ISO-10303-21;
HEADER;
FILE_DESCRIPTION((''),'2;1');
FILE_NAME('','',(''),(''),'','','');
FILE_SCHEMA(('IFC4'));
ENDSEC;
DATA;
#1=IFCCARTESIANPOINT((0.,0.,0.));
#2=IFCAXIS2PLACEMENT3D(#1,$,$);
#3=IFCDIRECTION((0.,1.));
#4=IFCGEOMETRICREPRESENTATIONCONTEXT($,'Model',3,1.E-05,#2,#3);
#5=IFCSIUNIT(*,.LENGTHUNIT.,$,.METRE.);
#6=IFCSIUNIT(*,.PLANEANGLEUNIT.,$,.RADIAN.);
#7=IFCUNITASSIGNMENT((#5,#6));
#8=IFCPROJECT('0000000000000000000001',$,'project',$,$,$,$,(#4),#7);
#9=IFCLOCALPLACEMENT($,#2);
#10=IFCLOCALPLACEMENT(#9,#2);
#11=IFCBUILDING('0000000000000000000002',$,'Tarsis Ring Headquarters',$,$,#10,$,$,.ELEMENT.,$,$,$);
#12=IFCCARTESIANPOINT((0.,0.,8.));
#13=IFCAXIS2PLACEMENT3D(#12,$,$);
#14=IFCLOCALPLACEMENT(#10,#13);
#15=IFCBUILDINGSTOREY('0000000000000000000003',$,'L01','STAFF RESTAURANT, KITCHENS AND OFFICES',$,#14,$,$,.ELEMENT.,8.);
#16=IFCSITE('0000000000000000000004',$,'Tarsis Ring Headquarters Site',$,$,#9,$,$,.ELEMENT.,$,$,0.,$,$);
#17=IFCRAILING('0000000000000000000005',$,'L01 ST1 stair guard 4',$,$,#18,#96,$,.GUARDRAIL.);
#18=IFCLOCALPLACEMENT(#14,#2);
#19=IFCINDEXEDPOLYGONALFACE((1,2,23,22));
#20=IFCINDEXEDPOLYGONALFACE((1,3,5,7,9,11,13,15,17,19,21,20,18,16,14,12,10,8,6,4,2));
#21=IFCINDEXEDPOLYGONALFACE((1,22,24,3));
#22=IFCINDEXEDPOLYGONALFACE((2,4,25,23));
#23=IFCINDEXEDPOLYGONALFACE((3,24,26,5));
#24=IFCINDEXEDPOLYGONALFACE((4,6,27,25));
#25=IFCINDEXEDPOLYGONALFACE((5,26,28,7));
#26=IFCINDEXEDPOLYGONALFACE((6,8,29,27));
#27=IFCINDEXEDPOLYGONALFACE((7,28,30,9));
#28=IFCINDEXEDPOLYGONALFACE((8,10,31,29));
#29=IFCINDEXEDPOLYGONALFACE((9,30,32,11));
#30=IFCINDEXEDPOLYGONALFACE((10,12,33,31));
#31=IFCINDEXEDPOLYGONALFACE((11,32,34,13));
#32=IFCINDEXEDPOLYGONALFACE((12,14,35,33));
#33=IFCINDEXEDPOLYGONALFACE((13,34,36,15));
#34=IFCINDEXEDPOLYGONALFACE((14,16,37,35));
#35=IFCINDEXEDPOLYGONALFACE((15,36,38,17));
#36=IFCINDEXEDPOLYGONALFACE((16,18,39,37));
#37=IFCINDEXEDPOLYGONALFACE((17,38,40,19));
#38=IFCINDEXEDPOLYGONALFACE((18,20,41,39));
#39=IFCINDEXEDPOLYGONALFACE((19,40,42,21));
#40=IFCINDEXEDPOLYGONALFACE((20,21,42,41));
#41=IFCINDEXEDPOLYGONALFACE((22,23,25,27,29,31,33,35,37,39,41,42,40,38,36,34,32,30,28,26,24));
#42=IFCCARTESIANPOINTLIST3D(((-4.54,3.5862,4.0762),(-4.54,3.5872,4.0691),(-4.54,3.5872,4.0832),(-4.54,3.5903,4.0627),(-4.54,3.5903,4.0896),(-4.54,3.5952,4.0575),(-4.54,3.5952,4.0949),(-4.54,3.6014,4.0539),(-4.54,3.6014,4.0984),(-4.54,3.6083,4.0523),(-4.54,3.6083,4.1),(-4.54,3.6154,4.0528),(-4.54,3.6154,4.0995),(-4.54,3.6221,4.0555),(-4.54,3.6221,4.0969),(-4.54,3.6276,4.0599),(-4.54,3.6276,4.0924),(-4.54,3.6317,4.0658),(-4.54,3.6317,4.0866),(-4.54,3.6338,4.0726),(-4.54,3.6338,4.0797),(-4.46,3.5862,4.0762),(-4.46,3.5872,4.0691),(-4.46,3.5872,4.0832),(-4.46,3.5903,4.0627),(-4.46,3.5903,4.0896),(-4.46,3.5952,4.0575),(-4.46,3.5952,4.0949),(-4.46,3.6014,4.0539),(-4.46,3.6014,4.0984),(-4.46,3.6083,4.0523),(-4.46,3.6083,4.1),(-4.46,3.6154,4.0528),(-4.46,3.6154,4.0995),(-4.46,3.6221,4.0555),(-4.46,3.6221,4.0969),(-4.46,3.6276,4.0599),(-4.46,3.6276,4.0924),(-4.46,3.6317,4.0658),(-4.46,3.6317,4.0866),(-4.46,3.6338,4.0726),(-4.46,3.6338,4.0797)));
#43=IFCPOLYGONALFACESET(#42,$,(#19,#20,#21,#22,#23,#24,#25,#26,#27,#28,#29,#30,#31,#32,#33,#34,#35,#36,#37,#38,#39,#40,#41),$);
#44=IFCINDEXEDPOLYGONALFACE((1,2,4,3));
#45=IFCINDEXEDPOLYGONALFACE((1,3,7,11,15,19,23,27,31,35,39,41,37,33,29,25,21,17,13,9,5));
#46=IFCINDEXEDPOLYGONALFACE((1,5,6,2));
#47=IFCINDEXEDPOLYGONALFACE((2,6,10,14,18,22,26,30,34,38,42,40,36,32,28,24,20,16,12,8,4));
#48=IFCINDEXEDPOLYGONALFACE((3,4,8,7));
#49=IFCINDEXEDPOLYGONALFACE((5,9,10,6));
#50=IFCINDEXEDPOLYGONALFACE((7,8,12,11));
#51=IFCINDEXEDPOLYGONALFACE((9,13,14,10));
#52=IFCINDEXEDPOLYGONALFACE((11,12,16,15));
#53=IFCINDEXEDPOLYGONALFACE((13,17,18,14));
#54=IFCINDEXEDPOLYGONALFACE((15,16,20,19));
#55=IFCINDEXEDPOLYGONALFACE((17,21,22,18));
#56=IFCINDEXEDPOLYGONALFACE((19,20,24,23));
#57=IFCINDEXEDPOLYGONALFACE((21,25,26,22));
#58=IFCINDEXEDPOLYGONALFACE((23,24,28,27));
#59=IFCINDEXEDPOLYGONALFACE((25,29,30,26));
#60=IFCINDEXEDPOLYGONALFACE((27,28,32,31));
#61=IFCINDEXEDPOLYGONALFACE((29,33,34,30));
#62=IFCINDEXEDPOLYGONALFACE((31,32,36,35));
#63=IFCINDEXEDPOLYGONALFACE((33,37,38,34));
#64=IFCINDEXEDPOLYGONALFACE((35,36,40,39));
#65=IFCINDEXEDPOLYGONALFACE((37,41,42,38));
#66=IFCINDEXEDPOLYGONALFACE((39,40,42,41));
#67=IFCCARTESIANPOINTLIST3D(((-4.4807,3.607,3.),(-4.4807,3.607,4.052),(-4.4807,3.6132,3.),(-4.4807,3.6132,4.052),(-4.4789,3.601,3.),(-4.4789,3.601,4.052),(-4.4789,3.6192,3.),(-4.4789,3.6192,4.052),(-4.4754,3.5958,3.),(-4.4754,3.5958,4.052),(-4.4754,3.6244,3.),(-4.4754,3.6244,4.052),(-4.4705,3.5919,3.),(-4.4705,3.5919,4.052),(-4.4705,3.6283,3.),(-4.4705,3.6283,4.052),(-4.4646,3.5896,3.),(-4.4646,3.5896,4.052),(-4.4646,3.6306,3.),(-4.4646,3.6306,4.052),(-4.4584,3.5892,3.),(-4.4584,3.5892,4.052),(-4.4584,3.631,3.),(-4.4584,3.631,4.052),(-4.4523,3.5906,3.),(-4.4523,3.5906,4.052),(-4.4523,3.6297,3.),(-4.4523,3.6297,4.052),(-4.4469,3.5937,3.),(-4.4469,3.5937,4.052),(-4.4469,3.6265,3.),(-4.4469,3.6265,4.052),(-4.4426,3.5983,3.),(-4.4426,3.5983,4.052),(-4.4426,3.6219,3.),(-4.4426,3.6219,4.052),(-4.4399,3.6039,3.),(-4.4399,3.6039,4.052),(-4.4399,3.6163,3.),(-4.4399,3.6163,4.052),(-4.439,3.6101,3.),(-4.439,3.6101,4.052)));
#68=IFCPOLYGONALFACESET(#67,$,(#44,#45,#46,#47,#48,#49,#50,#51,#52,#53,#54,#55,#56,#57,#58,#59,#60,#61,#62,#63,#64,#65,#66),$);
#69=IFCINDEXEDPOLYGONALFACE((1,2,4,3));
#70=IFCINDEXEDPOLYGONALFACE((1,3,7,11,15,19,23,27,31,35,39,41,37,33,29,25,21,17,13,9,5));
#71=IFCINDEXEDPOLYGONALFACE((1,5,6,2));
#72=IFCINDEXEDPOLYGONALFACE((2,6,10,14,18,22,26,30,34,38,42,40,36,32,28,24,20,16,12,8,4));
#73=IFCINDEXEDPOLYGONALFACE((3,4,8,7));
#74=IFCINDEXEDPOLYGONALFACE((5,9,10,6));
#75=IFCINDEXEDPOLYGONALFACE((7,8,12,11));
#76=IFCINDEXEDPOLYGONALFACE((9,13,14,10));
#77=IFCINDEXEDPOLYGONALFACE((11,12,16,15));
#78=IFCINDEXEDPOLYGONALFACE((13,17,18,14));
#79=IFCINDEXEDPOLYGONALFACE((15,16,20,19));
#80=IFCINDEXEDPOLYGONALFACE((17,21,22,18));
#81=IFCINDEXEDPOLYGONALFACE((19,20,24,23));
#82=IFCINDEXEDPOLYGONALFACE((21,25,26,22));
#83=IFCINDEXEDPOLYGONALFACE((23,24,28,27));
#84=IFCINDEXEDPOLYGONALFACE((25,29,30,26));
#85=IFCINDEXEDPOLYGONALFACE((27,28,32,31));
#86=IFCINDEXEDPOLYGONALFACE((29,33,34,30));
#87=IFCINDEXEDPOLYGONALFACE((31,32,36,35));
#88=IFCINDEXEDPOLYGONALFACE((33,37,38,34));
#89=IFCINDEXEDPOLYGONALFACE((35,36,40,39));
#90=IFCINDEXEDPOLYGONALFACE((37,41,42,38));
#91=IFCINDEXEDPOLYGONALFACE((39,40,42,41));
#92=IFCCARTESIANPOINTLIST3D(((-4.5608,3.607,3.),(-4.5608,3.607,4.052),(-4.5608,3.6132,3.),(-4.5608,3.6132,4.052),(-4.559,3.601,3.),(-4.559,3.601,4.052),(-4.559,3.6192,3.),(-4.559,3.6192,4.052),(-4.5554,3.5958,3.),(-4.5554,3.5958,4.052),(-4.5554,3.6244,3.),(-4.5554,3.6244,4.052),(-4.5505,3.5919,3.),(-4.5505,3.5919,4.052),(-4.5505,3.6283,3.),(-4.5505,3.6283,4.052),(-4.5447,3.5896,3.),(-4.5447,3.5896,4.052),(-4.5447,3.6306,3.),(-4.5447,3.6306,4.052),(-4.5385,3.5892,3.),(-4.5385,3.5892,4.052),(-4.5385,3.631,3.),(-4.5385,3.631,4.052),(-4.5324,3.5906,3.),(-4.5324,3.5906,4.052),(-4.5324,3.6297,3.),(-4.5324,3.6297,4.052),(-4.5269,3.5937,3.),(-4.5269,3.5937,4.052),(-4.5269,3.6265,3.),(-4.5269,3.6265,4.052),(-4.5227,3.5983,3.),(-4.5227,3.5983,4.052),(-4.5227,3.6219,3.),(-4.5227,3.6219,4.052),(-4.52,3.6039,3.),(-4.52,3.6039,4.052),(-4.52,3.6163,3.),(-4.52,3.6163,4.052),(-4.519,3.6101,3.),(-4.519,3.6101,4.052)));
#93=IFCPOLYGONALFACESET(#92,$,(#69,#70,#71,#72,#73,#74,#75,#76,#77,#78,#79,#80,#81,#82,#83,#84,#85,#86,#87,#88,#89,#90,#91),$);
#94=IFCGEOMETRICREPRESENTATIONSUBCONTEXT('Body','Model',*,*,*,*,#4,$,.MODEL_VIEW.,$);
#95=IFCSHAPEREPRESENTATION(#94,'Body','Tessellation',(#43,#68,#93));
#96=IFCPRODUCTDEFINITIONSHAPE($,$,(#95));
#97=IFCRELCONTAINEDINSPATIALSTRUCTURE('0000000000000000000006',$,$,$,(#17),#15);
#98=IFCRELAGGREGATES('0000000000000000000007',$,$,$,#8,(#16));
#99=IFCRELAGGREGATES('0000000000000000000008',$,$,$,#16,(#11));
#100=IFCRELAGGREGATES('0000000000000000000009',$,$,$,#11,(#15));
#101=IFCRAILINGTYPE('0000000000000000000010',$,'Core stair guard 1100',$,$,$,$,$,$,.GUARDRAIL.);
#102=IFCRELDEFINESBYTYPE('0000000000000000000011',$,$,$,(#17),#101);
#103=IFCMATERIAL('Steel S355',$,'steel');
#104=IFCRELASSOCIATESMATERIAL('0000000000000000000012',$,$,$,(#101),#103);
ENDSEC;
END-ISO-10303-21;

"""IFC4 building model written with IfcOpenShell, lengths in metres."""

from ifc_helpers import new_model, si_unit, direction, frame, origin, origin_2d, place, context, subcontext, project, spatial, circle, extrude, material, type_object, element, save


model = new_model("IFC4")

# Units and contexts
model_context = context("Model", 3, precision=1e-05, world=origin(), true_north=direction((0.0, 1.0)))
body_context = subcontext(model_context, "Body", "Model", "MODEL_VIEW")
ifc_project = project(units=[si_unit("LENGTHUNIT", "METRE"), si_unit("PLANEANGLEUNIT", "RADIAN")], contexts=[model_context])

# Site, building, storey
site_placement = place(None, origin())
site = spatial("IfcSite", under=ifc_project, at=site_placement, Name="Tarsis Ring Headquarters Site", CompositionType="ELEMENT", RefElevation=0.0)
building_placement = place(site_placement, origin())
building = spatial("IfcBuilding", under=site, at=building_placement, Name="Tarsis Ring Headquarters", CompositionType="ELEMENT")
storey_placement = place(building_placement, frame((0.0, 0.0, 8.0)))
storey = spatial("IfcBuildingStorey", under=building, at=storey_placement, Name="L01", Description="STAFF RESTAURANT, KITCHENS AND OFFICES", CompositionType="ELEMENT", Elevation=8.0)

# Shared definitions
ifc_material_1 = material(Name="Steel S355", Category="steel")

# Railing
railing_type_1 = type_object("IfcRailingType", Name="Core stair guard 1100", PredefinedType="GUARDRAIL", material=ifc_material_1)
railing_1_placement = place(storey_placement, frame((-4.46, 3.6101, 3.0)))
element("IfcRailing", 1, at=railing_1_placement, inside=storey, type_object=railing_type_1, Name="L01 ST1 stair guard 4", PredefinedType="GUARDRAIL", context=body_context, shape_type="SweptSolid", body=[
    extrude(circle(Radius=0.0239, at=origin_2d()), frame((0.0, 0.0, 1.0762), z_axis=(-1.0, 0.0, 0.0), x_axis=(0.0, -1.0, 0.0)), (0.0, 0.0, 1.0), 0.0801),
    extrude(circle(Radius=0.021, at=origin_2d()), origin(), (0.0, 0.0, 1.0), 1.052),
    extrude(circle(Radius=0.021, at=origin_2d()), frame((-0.0801, 0.0, 0.0)), (0.0, 0.0, 1.0), 1.052),
])

save(model, "model.ifc")
